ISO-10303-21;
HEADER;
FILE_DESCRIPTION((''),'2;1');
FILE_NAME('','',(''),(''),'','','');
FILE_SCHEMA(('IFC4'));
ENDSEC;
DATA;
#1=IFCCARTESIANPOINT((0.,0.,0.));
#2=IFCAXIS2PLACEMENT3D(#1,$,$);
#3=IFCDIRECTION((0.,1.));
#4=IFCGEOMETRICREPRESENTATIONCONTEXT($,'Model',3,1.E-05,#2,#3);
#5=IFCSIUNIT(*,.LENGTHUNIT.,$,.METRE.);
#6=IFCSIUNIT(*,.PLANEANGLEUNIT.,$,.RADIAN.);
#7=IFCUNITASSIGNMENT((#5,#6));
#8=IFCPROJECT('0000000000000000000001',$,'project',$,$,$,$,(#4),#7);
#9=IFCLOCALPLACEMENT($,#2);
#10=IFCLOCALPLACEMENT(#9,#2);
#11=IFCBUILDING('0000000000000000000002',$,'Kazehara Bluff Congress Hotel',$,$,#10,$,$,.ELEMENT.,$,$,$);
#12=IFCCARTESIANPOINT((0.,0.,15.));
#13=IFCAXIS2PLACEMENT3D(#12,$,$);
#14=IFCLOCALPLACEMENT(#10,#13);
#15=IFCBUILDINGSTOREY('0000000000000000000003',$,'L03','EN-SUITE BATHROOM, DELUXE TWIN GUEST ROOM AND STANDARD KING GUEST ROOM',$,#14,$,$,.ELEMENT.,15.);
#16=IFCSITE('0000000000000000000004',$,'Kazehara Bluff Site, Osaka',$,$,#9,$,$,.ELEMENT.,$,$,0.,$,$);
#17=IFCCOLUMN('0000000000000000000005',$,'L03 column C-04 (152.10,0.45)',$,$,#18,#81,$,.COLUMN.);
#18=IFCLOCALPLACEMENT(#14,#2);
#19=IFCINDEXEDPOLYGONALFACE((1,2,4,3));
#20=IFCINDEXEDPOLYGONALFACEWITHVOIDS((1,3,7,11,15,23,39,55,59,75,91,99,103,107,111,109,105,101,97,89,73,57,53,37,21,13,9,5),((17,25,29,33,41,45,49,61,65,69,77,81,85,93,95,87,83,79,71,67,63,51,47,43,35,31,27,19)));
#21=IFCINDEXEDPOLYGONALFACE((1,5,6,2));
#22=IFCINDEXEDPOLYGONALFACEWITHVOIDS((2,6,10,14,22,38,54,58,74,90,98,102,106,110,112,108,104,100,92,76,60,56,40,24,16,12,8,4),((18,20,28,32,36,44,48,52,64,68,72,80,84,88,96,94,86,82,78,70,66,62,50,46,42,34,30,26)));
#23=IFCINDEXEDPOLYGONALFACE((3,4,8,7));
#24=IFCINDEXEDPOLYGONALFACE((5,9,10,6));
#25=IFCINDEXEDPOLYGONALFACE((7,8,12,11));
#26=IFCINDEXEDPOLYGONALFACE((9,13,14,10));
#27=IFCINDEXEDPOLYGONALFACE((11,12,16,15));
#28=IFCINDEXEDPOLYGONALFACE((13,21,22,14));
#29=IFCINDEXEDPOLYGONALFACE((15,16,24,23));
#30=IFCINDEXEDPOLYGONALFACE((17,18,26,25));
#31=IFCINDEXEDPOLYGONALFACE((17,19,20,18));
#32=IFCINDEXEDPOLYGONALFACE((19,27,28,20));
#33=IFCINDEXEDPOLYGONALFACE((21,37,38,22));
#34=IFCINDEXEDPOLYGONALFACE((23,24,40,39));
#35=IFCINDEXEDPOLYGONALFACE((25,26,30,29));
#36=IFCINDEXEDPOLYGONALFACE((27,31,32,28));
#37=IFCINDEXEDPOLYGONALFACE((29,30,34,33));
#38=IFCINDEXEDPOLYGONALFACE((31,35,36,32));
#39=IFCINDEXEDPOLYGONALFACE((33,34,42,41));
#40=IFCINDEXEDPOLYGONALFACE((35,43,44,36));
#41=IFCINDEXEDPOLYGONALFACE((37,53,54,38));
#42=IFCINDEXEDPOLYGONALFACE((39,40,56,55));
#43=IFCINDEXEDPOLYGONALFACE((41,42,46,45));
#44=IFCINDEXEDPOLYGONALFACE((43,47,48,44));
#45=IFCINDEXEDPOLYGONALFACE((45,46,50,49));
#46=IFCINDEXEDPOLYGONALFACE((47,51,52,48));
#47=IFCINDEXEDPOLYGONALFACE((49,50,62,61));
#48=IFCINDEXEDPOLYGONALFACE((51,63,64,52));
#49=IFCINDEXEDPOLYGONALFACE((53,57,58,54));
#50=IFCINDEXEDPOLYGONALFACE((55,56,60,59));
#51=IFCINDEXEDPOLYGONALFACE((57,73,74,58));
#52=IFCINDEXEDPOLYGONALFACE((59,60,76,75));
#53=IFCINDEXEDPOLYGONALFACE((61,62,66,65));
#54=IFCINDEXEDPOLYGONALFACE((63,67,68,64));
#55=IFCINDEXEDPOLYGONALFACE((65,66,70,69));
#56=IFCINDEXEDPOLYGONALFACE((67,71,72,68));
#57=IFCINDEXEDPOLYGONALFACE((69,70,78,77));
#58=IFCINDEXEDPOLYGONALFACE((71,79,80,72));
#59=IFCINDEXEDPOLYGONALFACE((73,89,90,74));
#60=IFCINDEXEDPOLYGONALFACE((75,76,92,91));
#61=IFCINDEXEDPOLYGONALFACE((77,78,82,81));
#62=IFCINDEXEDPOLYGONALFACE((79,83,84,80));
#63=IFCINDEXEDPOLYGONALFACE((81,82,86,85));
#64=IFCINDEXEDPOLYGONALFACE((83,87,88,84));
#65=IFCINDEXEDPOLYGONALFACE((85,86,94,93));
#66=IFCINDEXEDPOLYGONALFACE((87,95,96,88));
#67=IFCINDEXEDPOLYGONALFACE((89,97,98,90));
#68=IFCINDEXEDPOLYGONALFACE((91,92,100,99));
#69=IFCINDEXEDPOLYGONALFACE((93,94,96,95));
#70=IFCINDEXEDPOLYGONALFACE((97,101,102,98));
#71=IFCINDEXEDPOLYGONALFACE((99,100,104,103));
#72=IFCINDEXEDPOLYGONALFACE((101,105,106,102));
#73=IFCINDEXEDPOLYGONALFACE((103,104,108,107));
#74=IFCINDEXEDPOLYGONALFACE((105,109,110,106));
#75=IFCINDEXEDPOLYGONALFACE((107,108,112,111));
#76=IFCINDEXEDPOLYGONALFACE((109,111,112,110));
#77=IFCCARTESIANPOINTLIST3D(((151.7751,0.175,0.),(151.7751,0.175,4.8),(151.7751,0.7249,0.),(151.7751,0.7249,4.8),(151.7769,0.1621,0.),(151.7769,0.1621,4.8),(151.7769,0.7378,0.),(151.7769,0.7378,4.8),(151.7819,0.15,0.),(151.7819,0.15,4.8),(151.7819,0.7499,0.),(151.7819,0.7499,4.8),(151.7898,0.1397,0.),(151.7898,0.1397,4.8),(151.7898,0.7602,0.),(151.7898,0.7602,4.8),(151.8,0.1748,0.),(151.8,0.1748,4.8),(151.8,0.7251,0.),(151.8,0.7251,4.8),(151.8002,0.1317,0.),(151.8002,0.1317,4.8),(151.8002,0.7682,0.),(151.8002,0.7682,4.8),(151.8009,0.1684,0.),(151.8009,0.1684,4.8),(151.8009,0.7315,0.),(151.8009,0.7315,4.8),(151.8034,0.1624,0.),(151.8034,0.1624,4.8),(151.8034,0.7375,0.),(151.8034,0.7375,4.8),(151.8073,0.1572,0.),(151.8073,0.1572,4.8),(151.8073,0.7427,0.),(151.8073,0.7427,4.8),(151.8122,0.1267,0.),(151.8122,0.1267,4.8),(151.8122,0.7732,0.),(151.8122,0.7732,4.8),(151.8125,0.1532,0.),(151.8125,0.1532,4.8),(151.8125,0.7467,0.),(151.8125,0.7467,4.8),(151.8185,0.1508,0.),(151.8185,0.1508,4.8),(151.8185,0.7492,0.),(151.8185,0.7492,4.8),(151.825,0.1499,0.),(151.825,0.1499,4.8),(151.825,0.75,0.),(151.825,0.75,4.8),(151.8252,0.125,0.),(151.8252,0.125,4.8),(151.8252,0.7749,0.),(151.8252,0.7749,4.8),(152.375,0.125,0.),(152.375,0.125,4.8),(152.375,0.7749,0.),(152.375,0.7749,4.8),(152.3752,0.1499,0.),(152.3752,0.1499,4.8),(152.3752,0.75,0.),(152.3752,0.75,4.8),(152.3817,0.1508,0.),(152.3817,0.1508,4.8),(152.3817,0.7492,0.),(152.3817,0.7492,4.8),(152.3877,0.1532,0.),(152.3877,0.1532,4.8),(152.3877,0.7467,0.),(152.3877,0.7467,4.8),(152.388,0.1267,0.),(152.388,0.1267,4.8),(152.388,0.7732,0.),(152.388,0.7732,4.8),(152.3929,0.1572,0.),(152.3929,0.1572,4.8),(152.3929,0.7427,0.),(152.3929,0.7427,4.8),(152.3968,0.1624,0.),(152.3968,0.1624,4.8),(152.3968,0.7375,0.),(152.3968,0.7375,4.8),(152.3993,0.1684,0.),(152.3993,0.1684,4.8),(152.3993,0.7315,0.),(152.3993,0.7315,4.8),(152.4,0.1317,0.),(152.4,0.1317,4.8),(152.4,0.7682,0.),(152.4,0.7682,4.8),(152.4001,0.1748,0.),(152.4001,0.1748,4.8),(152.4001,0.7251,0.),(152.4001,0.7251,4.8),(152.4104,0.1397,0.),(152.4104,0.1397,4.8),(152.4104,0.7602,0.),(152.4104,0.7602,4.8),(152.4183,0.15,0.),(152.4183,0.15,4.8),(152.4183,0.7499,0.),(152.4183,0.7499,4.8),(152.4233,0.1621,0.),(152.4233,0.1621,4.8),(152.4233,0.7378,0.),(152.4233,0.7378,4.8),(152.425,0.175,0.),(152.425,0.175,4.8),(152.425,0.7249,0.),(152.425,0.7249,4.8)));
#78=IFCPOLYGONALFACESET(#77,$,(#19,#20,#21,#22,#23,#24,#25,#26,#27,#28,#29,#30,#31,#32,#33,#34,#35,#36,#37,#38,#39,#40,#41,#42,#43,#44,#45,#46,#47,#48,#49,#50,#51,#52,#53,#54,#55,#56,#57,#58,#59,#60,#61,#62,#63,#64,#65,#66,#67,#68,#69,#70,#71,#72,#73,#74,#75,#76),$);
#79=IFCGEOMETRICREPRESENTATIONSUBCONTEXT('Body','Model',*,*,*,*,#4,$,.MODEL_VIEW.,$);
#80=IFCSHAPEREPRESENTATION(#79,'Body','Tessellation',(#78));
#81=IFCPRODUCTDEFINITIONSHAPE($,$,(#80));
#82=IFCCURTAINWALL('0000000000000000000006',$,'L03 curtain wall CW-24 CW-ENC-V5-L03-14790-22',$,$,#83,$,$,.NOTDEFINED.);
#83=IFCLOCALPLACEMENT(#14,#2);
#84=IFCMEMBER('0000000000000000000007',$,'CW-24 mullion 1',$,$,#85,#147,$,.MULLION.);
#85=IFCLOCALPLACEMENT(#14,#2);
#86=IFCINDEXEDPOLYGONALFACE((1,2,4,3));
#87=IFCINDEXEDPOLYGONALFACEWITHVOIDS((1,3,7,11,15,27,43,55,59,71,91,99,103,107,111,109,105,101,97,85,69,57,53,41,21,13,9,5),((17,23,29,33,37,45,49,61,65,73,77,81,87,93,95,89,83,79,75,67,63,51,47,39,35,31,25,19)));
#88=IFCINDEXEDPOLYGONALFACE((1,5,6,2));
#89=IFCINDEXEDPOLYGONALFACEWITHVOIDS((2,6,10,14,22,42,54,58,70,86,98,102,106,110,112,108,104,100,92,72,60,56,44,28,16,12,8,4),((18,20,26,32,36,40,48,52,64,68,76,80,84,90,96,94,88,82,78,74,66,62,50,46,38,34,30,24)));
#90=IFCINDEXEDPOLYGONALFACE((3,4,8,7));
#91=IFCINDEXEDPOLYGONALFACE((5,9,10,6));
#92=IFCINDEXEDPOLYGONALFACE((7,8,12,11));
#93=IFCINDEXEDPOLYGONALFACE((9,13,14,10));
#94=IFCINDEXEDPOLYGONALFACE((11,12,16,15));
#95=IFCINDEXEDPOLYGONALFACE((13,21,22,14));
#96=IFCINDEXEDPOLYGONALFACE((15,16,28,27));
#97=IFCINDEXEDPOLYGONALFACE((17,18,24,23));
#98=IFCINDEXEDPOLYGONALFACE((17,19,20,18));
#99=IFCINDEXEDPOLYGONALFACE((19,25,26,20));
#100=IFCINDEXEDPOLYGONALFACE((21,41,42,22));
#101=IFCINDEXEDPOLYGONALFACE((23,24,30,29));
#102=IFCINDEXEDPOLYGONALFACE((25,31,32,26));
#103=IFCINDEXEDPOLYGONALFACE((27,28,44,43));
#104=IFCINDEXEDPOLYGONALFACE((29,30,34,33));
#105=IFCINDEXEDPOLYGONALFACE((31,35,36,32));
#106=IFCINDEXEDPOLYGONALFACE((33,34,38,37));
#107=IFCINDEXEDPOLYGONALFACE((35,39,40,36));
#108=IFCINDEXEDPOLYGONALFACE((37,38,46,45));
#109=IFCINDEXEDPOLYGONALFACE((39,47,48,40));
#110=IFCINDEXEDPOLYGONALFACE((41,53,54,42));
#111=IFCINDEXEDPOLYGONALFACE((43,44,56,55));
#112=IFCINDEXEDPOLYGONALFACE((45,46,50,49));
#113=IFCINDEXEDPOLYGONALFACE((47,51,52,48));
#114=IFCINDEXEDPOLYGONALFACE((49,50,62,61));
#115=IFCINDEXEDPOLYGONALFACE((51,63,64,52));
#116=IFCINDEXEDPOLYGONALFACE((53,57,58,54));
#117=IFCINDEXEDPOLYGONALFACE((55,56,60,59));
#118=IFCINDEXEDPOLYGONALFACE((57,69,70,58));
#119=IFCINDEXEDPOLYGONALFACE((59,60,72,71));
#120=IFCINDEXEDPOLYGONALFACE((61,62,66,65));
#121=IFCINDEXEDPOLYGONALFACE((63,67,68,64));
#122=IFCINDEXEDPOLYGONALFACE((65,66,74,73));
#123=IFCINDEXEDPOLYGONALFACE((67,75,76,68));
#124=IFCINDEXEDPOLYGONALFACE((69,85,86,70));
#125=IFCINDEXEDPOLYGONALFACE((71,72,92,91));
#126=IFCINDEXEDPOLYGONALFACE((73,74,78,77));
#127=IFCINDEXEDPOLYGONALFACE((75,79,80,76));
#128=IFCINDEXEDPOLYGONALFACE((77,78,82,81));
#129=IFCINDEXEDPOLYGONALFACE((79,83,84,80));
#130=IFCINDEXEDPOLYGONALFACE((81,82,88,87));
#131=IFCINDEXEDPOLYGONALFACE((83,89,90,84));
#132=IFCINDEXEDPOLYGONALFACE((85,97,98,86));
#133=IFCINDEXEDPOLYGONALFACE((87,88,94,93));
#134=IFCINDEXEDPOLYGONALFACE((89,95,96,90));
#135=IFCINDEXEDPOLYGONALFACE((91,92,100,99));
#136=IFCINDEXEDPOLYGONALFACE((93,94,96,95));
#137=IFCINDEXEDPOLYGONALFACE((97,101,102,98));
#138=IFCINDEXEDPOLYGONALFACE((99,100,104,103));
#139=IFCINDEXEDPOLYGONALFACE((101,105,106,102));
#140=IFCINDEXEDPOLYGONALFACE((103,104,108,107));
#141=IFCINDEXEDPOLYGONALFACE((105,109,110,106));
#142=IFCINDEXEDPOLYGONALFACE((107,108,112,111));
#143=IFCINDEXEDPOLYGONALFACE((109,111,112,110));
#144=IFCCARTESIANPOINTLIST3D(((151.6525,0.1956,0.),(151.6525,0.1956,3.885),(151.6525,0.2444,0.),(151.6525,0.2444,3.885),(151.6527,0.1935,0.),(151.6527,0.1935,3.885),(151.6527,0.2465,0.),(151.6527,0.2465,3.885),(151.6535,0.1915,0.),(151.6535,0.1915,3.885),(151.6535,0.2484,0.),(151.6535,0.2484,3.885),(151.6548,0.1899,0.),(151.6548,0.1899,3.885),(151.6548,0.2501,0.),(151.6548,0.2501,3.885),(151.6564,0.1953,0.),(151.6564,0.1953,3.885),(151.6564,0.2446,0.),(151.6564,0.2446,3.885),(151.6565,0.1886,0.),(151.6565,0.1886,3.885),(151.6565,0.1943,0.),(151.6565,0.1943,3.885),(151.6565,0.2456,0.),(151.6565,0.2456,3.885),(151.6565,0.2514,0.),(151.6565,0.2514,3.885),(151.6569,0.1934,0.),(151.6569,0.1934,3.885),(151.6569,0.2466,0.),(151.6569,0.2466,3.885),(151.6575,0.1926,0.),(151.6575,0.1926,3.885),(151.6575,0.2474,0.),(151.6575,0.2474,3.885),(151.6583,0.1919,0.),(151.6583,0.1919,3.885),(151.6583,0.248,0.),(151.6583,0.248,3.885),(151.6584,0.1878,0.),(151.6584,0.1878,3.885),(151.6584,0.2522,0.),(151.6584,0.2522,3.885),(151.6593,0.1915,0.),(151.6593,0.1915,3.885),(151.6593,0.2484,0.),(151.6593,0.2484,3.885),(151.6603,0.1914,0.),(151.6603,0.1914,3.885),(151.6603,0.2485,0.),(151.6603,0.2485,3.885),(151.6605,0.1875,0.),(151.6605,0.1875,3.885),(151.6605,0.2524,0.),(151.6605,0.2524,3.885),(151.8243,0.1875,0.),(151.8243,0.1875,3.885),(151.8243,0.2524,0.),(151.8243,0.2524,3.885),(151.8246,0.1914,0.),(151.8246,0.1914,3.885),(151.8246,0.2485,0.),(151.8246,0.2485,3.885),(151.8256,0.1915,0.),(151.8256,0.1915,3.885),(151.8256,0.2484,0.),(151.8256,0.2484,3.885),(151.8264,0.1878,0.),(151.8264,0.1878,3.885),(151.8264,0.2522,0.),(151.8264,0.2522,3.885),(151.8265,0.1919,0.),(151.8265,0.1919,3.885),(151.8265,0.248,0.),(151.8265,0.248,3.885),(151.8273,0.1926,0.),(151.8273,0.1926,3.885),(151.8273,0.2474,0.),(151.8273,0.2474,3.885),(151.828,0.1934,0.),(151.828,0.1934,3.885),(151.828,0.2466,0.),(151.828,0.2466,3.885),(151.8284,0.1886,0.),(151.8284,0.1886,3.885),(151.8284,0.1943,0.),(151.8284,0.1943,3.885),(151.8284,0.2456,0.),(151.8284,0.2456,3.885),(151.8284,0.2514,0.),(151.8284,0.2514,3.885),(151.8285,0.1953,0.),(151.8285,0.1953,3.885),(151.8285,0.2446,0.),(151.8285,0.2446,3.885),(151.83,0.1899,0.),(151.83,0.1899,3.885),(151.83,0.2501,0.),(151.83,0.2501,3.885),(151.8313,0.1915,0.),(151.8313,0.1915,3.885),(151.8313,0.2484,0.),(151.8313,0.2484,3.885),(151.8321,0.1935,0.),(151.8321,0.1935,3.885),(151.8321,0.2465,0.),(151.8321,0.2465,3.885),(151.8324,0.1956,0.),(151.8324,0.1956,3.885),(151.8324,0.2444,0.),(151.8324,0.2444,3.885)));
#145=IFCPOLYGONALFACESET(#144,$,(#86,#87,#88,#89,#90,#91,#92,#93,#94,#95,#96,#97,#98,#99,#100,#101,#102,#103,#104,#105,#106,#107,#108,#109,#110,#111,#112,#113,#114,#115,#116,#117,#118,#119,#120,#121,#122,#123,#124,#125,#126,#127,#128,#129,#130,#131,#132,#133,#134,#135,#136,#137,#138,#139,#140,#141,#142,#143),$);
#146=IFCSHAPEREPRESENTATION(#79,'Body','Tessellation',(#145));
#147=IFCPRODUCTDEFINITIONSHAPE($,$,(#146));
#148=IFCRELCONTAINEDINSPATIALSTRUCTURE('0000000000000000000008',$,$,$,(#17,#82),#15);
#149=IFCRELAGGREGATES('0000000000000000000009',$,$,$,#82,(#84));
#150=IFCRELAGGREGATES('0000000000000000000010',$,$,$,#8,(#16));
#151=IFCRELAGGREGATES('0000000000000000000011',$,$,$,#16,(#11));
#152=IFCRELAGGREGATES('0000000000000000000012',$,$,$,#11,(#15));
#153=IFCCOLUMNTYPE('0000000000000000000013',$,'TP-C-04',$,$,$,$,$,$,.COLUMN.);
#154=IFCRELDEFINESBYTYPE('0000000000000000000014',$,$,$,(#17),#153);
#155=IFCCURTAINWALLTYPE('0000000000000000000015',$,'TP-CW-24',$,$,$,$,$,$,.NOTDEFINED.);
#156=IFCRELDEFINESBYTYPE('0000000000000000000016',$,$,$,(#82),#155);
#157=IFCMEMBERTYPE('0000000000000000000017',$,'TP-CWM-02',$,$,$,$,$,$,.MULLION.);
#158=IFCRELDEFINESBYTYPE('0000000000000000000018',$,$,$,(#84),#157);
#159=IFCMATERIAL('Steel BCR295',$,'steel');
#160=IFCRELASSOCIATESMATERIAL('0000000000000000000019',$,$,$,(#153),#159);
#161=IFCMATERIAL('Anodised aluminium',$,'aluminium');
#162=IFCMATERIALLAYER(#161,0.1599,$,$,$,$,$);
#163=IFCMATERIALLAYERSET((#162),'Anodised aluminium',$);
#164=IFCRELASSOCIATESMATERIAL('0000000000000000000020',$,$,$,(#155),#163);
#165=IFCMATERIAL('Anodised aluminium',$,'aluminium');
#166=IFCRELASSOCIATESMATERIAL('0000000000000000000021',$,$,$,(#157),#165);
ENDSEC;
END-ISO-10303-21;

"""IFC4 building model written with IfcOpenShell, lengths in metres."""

from ifc_helpers import new_model, si_unit, direction, frame, origin, origin_2d, place, context, subcontext, project, spatial, hollow_rectangle, extrude, material, layer, layer_set, material_profile, profile_set, type_object, element, aggregate, save


model = new_model("IFC4")

# Units and contexts
model_context = context("Model", 3, precision=1e-05, world=origin(), true_north=direction((0.0, 1.0)))
body_context = subcontext(model_context, "Body", "Model", "MODEL_VIEW")
ifc_project = project(units=[si_unit("LENGTHUNIT", "METRE"), si_unit("PLANEANGLEUNIT", "RADIAN")], contexts=[model_context])

# Site, building, storey
site_placement = place(None, origin())
site = spatial("IfcSite", under=ifc_project, at=site_placement, Name="Kazehara Bluff Site, Osaka", CompositionType="ELEMENT", RefElevation=0.0)
building_placement = place(site_placement, origin())
building = spatial("IfcBuilding", under=site, at=building_placement, Name="Kazehara Bluff Congress Hotel", CompositionType="ELEMENT")
storey_placement = place(building_placement, frame((0.0, 0.0, 15.0)))
storey = spatial("IfcBuildingStorey", under=building, at=storey_placement, Name="L03", Description="EN-SUITE BATHROOM, DELUXE TWIN GUEST ROOM AND STANDARD KING GUEST ROOM", CompositionType="ELEMENT", Elevation=15.0)

# Column
ifc_material_1 = material(Name="Steel BCR295", Category="steel")
ifc_material_profile_1 = material_profile(ifc_material_1, hollow_rectangle(XDim=0.6499, YDim=0.6499, WallThickness=0.0249, InnerFilletRadius=0.0249, OuterFilletRadius=0.05, at=origin_2d()))
ifc_profile_set_1 = profile_set([ifc_material_profile_1], Name="Steel BCR295")
column_type = type_object("IfcColumnType", Name="TP-C-04", PredefinedType="COLUMN", material=ifc_profile_set_1)
column_placement = place(storey_placement, frame((152.1001, 0.45, 0.0), z_axis=(0.0, 0.0, 1.0), x_axis=(1.0, 0.0, 0.0)))
element("IfcColumn", 1, at=column_placement, inside=storey, type_object=column_type, Name="L03 column C-04 (152.10,0.45)", PredefinedType="COLUMN", context=body_context, shape_type="SweptSolid", body=[
    extrude(hollow_rectangle(XDim=0.6499, YDim=0.6499, WallThickness=0.0249, InnerFilletRadius=0.0249, OuterFilletRadius=0.05, at=origin_2d()), origin(), (0.0, 0.0, 1.0), 4.8),
])

# Curtain wall, member
ifc_material_2 = material(Name="Anodised aluminium", Category="aluminium")
ifc_layer_1 = layer(ifc_material_2, 0.1599)
ifc_layer_set_1 = layer_set([ifc_layer_1], Name="Anodised aluminium")
curtain_wall_type = type_object("IfcCurtainWallType", Name="TP-CW-24", PredefinedType="NOTDEFINED", material=ifc_layer_set_1)
curtain_wall_1_placement = place(storey_placement, origin())
curtain_wall_1 = element("IfcCurtainWall", 2, at=curtain_wall_1_placement, inside=storey, type_object=curtain_wall_type, Name="L03 curtain wall CW-24 CW-ENC-V5-L03-14790-22", PredefinedType="NOTDEFINED")
ifc_material_3 = material(Name="Anodised aluminium", Category="aluminium")
ifc_material_profile_2 = material_profile(ifc_material_3, hollow_rectangle(XDim=0.0649, YDim=0.1799, WallThickness=0.0039, InnerFilletRadius=0.0039, OuterFilletRadius=0.0081, at=origin_2d()))
ifc_profile_set_2 = profile_set([ifc_material_profile_2], Name="Anodised aluminium")
member_type_1 = type_object("IfcMemberType", Name="TP-CWM-02", PredefinedType="MULLION", material=ifc_profile_set_2)
member_1_placement = place(storey_placement, frame((151.7424, 0.22, 0.0), z_axis=(0.0, 0.0, 1.0), x_axis=(0.0, -1.0, 0.0)))
member_1 = element("IfcMember", 3, at=member_1_placement, type_object=member_type_1, Name="CW-24 mullion 1", PredefinedType="MULLION", context=body_context, shape_type="SweptSolid", body=[
    extrude(hollow_rectangle(XDim=0.0649, YDim=0.1799, WallThickness=0.0039, InnerFilletRadius=0.0039, OuterFilletRadius=0.0081, at=origin_2d()), origin(), (0.0, 0.0, 1.0), 3.885),
])

aggregate(curtain_wall_1, [member_1])

save(model, "model.ifc")
